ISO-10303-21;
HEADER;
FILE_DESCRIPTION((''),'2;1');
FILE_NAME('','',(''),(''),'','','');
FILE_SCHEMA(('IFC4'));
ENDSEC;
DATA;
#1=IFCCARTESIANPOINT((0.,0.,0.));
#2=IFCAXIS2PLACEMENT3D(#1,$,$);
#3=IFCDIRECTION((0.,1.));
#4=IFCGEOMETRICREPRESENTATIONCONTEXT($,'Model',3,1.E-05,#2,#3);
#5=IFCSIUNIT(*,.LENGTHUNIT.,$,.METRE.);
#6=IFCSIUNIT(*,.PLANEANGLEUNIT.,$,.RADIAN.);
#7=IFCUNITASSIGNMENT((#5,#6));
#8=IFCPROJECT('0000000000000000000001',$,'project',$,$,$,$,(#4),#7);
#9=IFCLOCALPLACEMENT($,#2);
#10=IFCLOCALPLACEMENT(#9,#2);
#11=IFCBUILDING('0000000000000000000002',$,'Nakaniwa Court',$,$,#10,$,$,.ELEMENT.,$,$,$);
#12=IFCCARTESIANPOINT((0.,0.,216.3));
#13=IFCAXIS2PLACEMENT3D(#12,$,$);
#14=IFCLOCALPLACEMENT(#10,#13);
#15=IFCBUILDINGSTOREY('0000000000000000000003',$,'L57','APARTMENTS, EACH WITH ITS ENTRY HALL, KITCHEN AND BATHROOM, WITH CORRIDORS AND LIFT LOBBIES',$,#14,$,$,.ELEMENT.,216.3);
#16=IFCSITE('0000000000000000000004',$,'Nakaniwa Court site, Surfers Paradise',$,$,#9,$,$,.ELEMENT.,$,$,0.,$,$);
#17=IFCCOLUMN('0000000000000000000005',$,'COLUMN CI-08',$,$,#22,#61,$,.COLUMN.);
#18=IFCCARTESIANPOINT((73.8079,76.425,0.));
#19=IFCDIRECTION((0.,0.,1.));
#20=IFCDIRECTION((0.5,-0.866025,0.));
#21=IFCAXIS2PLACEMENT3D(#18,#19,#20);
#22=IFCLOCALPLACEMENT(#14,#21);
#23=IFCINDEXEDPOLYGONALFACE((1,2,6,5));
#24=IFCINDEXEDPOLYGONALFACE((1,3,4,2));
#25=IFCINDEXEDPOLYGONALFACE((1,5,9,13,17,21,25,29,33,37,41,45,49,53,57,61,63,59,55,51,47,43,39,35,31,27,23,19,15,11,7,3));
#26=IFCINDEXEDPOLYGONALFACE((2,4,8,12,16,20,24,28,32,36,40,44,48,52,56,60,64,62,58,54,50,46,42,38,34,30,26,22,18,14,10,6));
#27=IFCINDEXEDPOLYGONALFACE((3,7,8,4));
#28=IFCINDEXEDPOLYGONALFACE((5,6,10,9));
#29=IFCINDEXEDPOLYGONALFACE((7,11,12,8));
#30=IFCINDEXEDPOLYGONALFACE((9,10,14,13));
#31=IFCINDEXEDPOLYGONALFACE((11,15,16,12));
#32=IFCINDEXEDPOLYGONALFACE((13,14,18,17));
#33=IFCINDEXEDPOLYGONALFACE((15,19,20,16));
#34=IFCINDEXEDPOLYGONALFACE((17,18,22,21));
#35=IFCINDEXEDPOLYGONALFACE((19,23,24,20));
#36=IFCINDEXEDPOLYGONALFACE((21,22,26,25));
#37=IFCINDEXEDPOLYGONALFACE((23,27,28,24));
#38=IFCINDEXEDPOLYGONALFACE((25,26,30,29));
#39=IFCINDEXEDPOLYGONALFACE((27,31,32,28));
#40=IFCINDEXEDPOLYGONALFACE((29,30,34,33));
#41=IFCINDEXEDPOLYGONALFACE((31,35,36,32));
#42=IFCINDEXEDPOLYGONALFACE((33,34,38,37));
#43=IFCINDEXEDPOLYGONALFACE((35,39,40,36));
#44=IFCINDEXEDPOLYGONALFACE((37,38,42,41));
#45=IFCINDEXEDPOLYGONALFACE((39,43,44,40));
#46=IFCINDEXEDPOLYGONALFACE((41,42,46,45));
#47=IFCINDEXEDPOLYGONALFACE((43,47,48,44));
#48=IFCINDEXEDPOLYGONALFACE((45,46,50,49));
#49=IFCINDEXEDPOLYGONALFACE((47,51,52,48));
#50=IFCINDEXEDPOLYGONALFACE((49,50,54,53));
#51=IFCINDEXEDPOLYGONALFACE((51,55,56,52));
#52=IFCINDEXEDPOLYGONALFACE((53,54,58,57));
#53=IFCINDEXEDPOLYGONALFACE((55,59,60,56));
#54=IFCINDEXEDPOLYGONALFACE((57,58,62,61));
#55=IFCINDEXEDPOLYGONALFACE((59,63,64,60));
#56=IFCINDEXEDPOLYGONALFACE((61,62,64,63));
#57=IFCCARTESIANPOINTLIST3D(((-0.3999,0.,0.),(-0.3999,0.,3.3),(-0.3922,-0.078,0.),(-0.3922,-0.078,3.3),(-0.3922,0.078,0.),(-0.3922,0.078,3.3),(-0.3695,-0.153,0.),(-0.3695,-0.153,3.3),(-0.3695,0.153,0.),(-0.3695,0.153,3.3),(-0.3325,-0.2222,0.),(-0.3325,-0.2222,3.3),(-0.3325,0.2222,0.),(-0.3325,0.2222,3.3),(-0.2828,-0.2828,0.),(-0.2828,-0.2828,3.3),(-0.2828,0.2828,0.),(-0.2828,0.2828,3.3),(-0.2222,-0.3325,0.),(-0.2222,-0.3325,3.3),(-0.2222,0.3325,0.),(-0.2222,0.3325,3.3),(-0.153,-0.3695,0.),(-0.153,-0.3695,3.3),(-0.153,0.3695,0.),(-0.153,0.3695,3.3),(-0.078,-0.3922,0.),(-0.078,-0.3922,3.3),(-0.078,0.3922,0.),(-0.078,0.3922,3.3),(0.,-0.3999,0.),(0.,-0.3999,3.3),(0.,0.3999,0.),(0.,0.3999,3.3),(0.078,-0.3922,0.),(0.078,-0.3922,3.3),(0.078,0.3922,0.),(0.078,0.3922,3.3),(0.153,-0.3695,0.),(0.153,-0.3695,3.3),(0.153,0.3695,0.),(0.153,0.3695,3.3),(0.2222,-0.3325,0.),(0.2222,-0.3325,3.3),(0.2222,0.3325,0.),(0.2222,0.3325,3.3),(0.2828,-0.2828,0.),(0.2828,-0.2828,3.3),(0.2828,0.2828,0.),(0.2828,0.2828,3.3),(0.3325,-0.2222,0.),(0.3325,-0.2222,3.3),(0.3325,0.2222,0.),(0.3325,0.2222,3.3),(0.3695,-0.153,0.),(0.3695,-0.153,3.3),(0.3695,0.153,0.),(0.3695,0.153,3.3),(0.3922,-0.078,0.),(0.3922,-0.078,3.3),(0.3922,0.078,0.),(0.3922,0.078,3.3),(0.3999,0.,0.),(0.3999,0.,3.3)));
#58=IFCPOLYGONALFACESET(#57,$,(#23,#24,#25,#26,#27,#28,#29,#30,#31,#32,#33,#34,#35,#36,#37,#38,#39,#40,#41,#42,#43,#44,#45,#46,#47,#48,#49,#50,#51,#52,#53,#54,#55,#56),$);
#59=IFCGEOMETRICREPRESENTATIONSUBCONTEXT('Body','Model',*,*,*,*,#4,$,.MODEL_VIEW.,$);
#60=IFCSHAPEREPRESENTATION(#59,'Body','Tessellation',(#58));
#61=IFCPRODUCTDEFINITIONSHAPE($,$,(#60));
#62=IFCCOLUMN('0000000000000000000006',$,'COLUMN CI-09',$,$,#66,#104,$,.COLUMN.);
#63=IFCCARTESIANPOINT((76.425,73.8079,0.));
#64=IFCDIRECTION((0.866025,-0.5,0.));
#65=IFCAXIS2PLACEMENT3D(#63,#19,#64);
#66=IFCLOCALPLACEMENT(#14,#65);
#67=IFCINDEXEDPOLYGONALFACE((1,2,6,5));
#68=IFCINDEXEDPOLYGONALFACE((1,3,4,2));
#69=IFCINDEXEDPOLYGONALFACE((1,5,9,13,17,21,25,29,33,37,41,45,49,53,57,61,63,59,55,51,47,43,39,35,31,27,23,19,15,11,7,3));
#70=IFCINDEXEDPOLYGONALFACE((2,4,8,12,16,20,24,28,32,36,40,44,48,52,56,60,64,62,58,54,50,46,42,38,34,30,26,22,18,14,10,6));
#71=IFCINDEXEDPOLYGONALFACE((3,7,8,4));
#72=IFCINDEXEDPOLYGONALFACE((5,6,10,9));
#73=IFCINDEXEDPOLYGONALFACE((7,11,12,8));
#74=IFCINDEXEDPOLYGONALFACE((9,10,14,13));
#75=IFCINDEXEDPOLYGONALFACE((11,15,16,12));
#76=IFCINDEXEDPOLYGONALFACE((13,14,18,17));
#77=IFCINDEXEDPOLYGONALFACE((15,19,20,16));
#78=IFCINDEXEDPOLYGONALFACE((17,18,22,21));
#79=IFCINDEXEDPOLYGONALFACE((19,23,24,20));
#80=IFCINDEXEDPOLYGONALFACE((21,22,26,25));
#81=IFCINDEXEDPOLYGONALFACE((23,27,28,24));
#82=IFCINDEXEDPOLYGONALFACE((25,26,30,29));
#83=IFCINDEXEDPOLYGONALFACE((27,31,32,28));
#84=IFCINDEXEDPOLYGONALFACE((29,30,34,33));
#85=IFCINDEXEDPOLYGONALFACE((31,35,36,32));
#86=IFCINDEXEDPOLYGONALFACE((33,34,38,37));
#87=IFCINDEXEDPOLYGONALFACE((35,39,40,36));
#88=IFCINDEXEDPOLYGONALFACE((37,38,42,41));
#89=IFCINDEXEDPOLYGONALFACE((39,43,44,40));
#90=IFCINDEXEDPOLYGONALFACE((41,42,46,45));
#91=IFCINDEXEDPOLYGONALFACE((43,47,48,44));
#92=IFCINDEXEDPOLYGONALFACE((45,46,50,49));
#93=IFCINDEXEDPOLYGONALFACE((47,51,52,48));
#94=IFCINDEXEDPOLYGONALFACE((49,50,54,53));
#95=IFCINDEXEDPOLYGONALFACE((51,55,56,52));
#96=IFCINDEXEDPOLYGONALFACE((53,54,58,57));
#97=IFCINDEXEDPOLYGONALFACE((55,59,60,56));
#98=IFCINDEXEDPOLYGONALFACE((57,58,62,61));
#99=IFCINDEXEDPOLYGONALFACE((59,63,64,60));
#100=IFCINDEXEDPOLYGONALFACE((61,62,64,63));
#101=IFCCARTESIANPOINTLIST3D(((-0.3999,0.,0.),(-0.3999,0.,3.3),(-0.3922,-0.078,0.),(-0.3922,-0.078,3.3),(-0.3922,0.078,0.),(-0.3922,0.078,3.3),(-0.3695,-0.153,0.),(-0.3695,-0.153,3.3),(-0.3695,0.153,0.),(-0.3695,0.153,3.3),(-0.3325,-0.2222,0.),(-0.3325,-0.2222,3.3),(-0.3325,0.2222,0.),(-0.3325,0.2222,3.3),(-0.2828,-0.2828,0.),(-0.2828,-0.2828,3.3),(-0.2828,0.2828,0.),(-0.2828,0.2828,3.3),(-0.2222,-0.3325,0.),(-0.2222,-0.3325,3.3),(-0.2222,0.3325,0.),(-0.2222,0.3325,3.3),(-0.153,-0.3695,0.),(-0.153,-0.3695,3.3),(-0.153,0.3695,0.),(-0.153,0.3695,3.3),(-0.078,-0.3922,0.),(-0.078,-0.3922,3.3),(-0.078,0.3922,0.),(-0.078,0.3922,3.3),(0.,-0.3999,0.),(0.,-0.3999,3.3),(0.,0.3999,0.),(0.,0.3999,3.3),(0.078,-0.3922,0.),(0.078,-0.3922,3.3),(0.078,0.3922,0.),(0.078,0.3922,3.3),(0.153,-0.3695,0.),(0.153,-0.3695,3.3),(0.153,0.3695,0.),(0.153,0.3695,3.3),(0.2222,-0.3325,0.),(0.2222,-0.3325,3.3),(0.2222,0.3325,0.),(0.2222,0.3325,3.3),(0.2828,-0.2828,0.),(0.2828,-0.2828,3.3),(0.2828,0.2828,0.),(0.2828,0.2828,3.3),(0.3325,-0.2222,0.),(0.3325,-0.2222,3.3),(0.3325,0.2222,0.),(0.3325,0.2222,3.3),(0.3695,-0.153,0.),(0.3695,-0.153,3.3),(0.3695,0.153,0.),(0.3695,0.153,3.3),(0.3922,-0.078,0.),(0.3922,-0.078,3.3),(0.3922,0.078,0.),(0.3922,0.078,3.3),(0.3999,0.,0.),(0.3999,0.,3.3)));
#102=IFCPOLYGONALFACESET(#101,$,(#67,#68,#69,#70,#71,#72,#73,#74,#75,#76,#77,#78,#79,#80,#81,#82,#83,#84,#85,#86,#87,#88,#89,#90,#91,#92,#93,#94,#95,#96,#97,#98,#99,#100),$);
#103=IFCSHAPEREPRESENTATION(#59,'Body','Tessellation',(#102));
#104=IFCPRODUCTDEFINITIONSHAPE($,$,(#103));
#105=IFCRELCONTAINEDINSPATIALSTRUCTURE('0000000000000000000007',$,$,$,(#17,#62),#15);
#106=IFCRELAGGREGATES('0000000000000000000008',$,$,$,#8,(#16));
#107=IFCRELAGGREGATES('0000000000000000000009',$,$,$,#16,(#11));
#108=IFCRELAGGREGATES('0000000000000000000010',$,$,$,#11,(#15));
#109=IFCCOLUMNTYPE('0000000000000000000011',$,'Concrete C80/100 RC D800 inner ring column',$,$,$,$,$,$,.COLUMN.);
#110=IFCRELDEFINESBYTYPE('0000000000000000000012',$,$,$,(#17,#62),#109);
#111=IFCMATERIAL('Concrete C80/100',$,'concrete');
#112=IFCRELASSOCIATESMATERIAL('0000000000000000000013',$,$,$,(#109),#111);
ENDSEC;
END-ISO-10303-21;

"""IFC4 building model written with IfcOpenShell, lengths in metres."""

from ifc_helpers import new_model, si_unit, direction, frame, origin, origin_2d, place, context, subcontext, project, spatial, circle, extrude, material, material_profile, profile_set, type_object, element, save


model = new_model("IFC4")

# Units and contexts
model_context = context("Model", 3, precision=1e-05, world=origin(), true_north=direction((0.0, 1.0)))
body_context = subcontext(model_context, "Body", "Model", "MODEL_VIEW")
ifc_project = project(units=[si_unit("LENGTHUNIT", "METRE"), si_unit("PLANEANGLEUNIT", "RADIAN")], contexts=[model_context])

# Site, building, storey
site_placement = place(None, origin())
site = spatial("IfcSite", under=ifc_project, at=site_placement, Name="Nakaniwa Court site, Surfers Paradise", CompositionType="ELEMENT", RefElevation=0.0)
building_placement = place(site_placement, origin())
building = spatial("IfcBuilding", under=site, at=building_placement, Name="Nakaniwa Court", CompositionType="ELEMENT")
storey_placement = place(building_placement, frame((0.0, 0.0, 216.3)))
storey = spatial("IfcBuildingStorey", under=building, at=storey_placement, Name="L57", Description="APARTMENTS, EACH WITH ITS ENTRY HALL, KITCHEN AND BATHROOM, WITH CORRIDORS AND LIFT LOBBIES", CompositionType="ELEMENT", Elevation=216.3)

# Columns
ifc_material_1 = material(Name="Concrete C80/100", Category="concrete")
ifc_material_profile_1 = material_profile(ifc_material_1, circle(Radius=0.3999, at=origin_2d()), Name="Concrete C80/100 RC D800 inner ring column")
ifc_profile_set_1 = profile_set([ifc_material_profile_1], Name="Concrete C80/100")
column_type = type_object("IfcColumnType", Name="Concrete C80/100 RC D800 inner ring column", PredefinedType="COLUMN", material=ifc_profile_set_1)
for number, where, z_axis, x_axis, name in (
    (1, (73.8079, 76.425, 0.0), (0.0, 0.0, 1.0), (0.5, -0.866025, 0.0), "COLUMN CI-08"),
    (2, (76.425, 73.8079, 0.0), (0.0, 0.0, 1.0), (0.866025, -0.5, 0.0), "COLUMN CI-09"),
):
    element("IfcColumn", number, at=place(storey_placement, frame(where, z_axis=z_axis, x_axis=x_axis)), inside=storey, type_object=column_type, Name=name, PredefinedType="COLUMN", context=body_context, shape_type="SweptSolid", body=[
        extrude(circle(Radius=0.3999, at=origin_2d()), origin(), (0.0, 0.0, 1.0), 3.3),
    ])

save(model, "model.ifc")
